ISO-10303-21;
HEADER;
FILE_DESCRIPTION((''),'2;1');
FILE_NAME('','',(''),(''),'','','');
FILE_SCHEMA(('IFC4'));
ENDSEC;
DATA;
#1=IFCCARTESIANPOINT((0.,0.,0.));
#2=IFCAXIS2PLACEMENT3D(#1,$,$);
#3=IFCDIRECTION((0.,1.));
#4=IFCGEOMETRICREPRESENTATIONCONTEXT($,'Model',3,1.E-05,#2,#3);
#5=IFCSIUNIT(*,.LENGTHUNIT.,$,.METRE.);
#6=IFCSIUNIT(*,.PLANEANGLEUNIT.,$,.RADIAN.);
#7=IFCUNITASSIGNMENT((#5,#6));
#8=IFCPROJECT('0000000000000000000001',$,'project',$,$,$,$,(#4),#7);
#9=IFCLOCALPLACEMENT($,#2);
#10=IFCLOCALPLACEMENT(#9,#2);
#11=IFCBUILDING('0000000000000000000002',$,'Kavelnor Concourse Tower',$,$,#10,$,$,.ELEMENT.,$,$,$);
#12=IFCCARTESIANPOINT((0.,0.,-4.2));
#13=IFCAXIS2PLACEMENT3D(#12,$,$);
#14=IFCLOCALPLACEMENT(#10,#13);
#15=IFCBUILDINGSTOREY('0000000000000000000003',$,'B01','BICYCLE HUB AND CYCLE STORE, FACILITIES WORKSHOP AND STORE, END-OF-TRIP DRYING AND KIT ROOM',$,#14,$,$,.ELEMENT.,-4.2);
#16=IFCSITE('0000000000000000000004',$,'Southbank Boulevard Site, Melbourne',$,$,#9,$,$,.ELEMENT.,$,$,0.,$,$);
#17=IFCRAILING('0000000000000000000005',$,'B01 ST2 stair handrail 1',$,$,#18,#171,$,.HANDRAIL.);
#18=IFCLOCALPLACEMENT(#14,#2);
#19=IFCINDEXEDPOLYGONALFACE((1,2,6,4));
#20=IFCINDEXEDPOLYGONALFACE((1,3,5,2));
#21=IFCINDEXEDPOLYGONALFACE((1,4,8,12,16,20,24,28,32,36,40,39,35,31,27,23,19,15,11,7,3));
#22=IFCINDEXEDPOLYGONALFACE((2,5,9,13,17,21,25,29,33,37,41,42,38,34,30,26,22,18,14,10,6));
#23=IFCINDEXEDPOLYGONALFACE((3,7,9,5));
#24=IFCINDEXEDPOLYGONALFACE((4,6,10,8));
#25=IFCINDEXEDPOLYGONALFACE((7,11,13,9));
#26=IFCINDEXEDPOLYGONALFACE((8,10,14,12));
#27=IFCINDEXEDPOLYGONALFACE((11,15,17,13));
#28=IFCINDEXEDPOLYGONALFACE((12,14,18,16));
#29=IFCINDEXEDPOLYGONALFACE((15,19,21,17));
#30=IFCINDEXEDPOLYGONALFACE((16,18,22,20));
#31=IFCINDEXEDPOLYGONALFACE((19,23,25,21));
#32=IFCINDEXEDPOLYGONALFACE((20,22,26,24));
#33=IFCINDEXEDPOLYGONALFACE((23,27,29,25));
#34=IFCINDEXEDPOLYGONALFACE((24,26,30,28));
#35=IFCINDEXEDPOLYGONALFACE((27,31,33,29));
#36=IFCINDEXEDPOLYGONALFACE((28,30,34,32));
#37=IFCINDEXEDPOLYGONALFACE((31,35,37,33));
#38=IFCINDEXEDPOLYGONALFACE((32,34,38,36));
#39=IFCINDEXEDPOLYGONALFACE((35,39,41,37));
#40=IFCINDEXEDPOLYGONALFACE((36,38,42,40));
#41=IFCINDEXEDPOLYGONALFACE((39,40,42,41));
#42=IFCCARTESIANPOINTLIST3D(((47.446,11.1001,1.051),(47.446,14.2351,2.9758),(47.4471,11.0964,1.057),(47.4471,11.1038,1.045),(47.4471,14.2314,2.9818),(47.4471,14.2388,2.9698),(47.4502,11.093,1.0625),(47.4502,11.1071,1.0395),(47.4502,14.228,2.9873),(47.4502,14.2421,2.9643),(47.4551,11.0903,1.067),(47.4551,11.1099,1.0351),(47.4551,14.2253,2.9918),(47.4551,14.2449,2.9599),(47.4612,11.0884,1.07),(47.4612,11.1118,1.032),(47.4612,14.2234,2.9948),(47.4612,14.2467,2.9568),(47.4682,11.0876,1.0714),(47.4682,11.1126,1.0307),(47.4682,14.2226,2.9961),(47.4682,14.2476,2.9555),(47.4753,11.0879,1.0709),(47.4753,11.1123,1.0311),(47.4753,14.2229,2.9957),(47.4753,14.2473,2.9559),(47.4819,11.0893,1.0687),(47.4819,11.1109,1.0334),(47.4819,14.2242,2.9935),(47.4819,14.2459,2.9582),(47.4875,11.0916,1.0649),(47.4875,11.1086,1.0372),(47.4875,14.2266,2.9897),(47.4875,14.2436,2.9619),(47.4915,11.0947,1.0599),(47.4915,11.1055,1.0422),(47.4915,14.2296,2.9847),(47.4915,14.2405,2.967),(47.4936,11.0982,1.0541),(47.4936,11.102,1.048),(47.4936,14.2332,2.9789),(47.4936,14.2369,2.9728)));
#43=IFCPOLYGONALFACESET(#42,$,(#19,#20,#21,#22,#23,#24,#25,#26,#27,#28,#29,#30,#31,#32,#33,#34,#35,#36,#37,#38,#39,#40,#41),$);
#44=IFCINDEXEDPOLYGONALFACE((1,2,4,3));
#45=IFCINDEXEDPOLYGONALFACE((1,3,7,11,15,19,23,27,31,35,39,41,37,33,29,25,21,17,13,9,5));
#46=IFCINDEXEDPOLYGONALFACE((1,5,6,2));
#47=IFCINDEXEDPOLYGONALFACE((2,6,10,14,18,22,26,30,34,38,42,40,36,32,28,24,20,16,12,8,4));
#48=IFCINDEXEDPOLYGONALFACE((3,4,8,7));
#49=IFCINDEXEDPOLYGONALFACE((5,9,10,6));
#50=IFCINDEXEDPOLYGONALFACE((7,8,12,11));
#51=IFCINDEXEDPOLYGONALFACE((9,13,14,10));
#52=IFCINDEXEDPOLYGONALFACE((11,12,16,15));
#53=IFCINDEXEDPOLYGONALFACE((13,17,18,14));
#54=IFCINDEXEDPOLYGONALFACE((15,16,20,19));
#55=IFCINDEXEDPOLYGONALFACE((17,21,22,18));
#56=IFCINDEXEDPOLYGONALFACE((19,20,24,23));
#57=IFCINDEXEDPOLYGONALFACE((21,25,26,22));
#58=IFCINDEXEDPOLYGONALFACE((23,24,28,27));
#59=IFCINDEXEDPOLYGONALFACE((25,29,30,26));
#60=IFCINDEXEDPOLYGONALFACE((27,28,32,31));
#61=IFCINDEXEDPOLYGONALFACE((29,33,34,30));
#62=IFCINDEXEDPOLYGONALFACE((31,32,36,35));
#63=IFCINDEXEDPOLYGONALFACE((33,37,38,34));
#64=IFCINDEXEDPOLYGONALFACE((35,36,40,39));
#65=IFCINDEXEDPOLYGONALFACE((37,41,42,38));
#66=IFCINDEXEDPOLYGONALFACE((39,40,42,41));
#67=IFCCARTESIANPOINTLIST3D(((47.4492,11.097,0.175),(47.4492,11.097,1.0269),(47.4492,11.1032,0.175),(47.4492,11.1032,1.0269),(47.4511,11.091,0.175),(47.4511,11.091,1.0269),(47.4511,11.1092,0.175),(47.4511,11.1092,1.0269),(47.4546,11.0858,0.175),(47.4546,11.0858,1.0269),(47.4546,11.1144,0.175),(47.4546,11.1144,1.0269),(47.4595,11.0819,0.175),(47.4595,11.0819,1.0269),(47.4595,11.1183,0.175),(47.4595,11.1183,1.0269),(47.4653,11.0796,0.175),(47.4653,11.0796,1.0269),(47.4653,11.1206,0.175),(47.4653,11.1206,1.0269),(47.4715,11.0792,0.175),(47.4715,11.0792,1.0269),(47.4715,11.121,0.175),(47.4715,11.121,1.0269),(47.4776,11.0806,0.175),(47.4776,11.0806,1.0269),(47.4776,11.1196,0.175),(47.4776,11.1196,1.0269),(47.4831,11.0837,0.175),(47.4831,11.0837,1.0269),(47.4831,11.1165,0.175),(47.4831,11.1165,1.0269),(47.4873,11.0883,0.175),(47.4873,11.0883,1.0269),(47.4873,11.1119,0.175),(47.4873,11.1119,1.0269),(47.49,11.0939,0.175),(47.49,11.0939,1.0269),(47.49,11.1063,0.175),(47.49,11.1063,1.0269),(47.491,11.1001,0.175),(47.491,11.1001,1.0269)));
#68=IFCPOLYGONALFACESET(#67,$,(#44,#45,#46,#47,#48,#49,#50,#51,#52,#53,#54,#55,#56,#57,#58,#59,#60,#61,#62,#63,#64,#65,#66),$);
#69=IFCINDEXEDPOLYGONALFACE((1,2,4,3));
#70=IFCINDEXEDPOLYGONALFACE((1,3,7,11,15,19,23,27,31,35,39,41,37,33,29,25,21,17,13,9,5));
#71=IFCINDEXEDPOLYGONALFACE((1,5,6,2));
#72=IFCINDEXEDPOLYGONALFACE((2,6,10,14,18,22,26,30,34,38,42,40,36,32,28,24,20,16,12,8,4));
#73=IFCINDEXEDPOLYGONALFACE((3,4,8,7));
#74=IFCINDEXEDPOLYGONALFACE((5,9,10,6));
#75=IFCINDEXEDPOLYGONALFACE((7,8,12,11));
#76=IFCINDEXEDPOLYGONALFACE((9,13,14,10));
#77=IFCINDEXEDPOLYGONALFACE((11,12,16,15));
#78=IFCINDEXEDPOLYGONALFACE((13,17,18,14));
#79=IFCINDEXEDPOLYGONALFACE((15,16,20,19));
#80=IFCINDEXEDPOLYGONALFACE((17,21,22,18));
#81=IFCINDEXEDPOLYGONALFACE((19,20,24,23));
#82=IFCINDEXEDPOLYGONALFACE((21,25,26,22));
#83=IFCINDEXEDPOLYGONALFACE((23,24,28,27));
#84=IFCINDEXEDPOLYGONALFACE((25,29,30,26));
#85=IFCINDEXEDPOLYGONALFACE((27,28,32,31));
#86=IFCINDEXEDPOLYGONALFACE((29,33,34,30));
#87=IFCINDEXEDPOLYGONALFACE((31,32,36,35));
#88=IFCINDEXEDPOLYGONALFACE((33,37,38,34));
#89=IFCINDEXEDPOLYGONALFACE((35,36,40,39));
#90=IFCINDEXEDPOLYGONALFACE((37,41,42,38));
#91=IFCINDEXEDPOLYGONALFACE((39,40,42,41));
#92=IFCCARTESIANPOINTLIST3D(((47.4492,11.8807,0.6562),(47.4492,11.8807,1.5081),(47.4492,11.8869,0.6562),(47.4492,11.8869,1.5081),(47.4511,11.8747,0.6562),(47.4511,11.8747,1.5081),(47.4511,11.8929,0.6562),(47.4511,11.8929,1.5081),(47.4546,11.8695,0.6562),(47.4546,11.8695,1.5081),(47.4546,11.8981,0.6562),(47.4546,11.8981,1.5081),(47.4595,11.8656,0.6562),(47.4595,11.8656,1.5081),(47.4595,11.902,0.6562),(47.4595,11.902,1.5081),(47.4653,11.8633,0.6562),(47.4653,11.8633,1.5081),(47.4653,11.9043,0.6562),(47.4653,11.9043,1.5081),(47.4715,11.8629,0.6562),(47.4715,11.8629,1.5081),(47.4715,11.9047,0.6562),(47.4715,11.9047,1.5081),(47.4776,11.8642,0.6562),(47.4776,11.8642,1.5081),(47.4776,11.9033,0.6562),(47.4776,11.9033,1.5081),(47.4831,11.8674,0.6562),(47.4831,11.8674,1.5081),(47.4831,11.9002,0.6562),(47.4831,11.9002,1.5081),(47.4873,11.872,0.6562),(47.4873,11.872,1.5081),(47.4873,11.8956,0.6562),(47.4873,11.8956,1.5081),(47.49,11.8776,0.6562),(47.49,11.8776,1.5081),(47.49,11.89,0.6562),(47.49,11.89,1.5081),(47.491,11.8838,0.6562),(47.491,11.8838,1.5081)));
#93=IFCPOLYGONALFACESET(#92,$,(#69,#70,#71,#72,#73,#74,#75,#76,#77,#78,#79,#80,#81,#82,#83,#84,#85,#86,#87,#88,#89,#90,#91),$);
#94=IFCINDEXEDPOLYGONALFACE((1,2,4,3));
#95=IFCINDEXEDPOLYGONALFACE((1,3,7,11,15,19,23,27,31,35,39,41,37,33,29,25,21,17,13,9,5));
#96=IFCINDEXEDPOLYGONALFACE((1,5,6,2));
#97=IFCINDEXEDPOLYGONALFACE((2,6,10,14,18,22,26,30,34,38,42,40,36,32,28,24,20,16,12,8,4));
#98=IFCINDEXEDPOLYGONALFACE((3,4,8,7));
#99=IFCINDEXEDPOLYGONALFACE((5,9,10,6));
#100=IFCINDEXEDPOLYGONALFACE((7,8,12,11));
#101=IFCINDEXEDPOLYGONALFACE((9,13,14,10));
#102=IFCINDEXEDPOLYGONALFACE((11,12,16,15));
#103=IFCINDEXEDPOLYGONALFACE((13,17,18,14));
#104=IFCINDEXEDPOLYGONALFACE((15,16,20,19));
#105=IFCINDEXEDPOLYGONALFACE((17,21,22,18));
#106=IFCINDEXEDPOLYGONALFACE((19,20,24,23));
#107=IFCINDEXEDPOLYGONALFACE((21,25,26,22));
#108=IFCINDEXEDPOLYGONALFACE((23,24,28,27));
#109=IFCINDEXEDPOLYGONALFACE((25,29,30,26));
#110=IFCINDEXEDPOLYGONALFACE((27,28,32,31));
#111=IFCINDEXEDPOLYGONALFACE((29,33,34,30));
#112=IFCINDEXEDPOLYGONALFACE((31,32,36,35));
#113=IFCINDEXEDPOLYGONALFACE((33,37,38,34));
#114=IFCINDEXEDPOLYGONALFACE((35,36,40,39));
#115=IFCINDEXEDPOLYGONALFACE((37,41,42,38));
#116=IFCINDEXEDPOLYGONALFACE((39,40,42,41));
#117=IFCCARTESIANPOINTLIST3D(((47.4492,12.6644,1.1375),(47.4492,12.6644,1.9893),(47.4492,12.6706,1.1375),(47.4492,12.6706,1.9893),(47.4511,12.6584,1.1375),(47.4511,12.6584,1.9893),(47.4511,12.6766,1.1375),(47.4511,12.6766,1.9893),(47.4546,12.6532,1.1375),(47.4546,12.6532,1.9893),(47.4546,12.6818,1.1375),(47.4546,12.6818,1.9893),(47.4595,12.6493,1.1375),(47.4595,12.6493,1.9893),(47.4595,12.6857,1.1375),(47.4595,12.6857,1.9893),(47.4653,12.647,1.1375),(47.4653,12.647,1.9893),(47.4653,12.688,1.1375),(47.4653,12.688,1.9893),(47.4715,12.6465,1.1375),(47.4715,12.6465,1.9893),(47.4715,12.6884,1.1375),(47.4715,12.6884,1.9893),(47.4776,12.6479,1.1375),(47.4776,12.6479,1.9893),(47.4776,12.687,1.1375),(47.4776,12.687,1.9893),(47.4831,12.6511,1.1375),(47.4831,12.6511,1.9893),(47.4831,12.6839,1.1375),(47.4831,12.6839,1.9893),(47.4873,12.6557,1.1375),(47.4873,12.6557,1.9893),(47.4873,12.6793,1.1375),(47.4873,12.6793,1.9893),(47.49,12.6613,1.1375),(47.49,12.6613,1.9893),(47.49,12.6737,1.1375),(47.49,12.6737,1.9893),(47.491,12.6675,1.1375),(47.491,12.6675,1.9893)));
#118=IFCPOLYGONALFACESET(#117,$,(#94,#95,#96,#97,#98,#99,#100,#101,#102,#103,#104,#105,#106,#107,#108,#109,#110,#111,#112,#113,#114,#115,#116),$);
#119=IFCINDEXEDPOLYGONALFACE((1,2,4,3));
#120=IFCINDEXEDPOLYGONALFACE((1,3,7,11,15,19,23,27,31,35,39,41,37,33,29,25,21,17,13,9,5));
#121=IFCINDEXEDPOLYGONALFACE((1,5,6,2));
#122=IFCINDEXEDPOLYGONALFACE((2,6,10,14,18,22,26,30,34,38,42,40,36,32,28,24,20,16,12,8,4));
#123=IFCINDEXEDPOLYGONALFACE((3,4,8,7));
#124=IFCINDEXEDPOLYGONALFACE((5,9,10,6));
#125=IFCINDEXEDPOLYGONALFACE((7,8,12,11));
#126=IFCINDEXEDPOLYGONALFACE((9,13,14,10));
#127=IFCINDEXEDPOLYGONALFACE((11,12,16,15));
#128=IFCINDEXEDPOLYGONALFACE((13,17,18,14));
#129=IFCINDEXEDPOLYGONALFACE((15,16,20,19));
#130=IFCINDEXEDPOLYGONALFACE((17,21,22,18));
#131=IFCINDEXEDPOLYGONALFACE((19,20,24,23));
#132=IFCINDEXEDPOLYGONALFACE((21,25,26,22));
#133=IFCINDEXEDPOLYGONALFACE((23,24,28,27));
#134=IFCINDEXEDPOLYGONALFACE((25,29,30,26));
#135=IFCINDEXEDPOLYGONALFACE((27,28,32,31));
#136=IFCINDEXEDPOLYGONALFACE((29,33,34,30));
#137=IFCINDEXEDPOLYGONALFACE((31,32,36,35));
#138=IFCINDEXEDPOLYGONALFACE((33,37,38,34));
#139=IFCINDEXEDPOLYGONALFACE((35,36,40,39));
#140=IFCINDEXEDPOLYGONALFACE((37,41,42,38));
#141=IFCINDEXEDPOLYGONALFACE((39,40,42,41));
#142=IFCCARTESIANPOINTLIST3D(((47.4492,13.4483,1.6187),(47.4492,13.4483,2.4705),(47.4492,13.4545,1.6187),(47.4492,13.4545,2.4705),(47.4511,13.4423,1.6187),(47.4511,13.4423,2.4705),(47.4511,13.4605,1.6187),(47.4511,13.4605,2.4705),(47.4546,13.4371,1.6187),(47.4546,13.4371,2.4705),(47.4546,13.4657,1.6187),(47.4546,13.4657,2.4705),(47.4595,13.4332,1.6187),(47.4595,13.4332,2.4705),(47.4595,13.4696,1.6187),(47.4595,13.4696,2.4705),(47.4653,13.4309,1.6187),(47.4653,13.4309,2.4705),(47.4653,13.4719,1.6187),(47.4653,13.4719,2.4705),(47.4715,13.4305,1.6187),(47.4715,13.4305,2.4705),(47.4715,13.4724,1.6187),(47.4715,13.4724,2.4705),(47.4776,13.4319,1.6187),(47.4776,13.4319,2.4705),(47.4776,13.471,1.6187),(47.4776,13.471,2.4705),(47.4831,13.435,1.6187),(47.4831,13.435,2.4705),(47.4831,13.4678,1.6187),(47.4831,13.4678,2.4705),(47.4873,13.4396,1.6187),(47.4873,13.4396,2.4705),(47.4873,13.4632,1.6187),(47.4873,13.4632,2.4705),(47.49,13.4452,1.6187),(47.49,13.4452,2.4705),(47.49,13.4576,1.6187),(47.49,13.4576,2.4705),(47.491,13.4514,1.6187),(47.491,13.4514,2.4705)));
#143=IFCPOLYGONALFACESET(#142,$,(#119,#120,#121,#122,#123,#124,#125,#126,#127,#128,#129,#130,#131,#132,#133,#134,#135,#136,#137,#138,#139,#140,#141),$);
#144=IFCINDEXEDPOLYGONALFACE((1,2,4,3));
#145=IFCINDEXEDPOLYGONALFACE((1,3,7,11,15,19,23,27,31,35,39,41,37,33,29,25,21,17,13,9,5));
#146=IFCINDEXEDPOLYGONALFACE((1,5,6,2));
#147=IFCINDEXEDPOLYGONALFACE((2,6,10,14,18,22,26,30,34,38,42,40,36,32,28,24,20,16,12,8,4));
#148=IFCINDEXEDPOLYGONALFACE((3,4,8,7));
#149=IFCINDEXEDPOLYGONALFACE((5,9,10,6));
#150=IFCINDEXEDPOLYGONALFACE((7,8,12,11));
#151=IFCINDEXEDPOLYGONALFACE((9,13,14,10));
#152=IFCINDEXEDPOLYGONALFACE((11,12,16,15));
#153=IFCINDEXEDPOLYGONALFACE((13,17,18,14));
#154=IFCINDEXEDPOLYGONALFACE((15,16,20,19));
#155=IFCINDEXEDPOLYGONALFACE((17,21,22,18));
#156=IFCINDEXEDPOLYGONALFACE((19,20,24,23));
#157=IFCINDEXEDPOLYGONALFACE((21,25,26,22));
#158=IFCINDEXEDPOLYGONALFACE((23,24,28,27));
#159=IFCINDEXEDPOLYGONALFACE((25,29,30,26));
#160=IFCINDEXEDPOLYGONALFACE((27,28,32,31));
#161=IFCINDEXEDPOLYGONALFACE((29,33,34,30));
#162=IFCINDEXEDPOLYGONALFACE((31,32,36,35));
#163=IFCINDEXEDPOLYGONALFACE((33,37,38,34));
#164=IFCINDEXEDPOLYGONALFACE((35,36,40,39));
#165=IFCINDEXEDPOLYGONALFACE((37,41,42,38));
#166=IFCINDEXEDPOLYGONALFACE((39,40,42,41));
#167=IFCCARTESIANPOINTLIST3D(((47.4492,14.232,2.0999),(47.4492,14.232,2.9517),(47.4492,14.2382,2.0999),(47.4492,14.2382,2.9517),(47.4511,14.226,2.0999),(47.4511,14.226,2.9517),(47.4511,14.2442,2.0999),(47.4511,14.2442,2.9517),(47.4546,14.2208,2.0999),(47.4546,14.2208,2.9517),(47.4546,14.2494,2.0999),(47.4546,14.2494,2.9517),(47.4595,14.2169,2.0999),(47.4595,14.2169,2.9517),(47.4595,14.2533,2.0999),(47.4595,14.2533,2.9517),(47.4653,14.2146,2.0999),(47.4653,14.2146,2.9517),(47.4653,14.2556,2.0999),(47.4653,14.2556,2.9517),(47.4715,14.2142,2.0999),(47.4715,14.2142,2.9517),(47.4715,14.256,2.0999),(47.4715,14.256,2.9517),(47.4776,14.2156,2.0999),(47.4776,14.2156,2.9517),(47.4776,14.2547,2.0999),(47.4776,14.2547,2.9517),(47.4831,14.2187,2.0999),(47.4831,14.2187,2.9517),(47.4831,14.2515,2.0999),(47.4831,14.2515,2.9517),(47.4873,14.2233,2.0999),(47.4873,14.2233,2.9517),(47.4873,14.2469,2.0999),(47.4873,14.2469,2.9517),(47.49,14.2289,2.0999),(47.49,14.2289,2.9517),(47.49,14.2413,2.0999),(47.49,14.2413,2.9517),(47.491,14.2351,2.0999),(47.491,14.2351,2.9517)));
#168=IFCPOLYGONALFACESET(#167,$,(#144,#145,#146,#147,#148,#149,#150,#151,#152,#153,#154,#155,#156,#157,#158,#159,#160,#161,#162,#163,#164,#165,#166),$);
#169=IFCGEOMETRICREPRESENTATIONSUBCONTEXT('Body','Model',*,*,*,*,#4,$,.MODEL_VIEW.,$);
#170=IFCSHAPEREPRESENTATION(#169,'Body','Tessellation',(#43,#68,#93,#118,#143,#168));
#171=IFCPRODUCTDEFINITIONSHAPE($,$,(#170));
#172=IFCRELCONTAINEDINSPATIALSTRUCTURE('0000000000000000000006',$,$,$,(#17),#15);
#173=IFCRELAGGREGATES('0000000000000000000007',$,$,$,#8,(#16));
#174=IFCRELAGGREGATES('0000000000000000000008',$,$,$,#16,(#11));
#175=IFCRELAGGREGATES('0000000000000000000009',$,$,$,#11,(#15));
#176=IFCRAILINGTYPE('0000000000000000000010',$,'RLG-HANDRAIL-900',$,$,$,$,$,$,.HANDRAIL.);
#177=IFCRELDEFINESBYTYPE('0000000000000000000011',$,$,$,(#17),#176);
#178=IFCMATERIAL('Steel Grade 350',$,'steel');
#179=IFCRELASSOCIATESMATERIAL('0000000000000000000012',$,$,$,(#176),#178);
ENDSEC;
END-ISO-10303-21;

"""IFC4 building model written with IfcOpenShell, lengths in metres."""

from ifc_helpers import new_model, si_unit, direction, frame, origin, origin_2d, place, context, subcontext, project, spatial, circle, extrude, material, type_object, element, save


model = new_model("IFC4")

# Units and contexts
model_context = context("Model", 3, precision=1e-05, world=origin(), true_north=direction((0.0, 1.0)))
body_context = subcontext(model_context, "Body", "Model", "MODEL_VIEW")
ifc_project = project(units=[si_unit("LENGTHUNIT", "METRE"), si_unit("PLANEANGLEUNIT", "RADIAN")], contexts=[model_context])

# Site, building, storey
site_placement = place(None, origin())
site = spatial("IfcSite", under=ifc_project, at=site_placement, Name="Southbank Boulevard Site, Melbourne", CompositionType="ELEMENT", RefElevation=0.0)
building_placement = place(site_placement, origin())
building = spatial("IfcBuilding", under=site, at=building_placement, Name="Kavelnor Concourse Tower", CompositionType="ELEMENT")
storey_placement = place(building_placement, frame((0.0, 0.0, -4.2)))
storey = spatial("IfcBuildingStorey", under=building, at=storey_placement, Name="B01", Description="BICYCLE HUB AND CYCLE STORE, FACILITIES WORKSHOP AND STORE, END-OF-TRIP DRYING AND KIT ROOM", CompositionType="ELEMENT", Elevation=-4.2)

# Shared definitions
ifc_material_1 = material(Name="Steel Grade 350", Category="steel")

# Railing
railing_type_1 = type_object("IfcRailingType", Name="RLG-HANDRAIL-900", PredefinedType="HANDRAIL", material=ifc_material_1)
railing_1_placement = place(storey_placement, frame((47.47, 11.1001, 0.175)))
element("IfcRailing", 1, at=railing_1_placement, inside=storey, type_object=railing_type_1, Name="B01 ST2 stair handrail 1", PredefinedType="HANDRAIL", context=body_context, shape_type="SweptSolid", body=[
    extrude(circle(Radius=0.0239, at=origin_2d()), frame((0.0, 0.0, 0.876), z_axis=(0.0, 0.852196, 0.523223), x_axis=(-1.0, 0.0, 0.0)), (0.0, 0.0, 1.0), 3.6787),
    extrude(circle(Radius=0.021, at=origin_2d()), origin(), (0.0, 0.0, 1.0), 0.8518),
    extrude(circle(Radius=0.021, at=origin_2d()), frame((0.0, 0.7837, 0.4812)), (0.0, 0.0, 1.0), 0.8518),
    extrude(circle(Radius=0.021, at=origin_2d()), frame((0.0, 1.5674, 0.9624)), (0.0, 0.0, 1.0), 0.8518),
    extrude(circle(Radius=0.021, at=origin_2d()), frame((0.0, 2.3513, 1.4436)), (0.0, 0.0, 1.0), 0.8518),
    extrude(circle(Radius=0.021, at=origin_2d()), frame((0.0, 3.135, 1.9248)), (0.0, 0.0, 1.0), 0.8518),
])

save(model, "model.ifc")
